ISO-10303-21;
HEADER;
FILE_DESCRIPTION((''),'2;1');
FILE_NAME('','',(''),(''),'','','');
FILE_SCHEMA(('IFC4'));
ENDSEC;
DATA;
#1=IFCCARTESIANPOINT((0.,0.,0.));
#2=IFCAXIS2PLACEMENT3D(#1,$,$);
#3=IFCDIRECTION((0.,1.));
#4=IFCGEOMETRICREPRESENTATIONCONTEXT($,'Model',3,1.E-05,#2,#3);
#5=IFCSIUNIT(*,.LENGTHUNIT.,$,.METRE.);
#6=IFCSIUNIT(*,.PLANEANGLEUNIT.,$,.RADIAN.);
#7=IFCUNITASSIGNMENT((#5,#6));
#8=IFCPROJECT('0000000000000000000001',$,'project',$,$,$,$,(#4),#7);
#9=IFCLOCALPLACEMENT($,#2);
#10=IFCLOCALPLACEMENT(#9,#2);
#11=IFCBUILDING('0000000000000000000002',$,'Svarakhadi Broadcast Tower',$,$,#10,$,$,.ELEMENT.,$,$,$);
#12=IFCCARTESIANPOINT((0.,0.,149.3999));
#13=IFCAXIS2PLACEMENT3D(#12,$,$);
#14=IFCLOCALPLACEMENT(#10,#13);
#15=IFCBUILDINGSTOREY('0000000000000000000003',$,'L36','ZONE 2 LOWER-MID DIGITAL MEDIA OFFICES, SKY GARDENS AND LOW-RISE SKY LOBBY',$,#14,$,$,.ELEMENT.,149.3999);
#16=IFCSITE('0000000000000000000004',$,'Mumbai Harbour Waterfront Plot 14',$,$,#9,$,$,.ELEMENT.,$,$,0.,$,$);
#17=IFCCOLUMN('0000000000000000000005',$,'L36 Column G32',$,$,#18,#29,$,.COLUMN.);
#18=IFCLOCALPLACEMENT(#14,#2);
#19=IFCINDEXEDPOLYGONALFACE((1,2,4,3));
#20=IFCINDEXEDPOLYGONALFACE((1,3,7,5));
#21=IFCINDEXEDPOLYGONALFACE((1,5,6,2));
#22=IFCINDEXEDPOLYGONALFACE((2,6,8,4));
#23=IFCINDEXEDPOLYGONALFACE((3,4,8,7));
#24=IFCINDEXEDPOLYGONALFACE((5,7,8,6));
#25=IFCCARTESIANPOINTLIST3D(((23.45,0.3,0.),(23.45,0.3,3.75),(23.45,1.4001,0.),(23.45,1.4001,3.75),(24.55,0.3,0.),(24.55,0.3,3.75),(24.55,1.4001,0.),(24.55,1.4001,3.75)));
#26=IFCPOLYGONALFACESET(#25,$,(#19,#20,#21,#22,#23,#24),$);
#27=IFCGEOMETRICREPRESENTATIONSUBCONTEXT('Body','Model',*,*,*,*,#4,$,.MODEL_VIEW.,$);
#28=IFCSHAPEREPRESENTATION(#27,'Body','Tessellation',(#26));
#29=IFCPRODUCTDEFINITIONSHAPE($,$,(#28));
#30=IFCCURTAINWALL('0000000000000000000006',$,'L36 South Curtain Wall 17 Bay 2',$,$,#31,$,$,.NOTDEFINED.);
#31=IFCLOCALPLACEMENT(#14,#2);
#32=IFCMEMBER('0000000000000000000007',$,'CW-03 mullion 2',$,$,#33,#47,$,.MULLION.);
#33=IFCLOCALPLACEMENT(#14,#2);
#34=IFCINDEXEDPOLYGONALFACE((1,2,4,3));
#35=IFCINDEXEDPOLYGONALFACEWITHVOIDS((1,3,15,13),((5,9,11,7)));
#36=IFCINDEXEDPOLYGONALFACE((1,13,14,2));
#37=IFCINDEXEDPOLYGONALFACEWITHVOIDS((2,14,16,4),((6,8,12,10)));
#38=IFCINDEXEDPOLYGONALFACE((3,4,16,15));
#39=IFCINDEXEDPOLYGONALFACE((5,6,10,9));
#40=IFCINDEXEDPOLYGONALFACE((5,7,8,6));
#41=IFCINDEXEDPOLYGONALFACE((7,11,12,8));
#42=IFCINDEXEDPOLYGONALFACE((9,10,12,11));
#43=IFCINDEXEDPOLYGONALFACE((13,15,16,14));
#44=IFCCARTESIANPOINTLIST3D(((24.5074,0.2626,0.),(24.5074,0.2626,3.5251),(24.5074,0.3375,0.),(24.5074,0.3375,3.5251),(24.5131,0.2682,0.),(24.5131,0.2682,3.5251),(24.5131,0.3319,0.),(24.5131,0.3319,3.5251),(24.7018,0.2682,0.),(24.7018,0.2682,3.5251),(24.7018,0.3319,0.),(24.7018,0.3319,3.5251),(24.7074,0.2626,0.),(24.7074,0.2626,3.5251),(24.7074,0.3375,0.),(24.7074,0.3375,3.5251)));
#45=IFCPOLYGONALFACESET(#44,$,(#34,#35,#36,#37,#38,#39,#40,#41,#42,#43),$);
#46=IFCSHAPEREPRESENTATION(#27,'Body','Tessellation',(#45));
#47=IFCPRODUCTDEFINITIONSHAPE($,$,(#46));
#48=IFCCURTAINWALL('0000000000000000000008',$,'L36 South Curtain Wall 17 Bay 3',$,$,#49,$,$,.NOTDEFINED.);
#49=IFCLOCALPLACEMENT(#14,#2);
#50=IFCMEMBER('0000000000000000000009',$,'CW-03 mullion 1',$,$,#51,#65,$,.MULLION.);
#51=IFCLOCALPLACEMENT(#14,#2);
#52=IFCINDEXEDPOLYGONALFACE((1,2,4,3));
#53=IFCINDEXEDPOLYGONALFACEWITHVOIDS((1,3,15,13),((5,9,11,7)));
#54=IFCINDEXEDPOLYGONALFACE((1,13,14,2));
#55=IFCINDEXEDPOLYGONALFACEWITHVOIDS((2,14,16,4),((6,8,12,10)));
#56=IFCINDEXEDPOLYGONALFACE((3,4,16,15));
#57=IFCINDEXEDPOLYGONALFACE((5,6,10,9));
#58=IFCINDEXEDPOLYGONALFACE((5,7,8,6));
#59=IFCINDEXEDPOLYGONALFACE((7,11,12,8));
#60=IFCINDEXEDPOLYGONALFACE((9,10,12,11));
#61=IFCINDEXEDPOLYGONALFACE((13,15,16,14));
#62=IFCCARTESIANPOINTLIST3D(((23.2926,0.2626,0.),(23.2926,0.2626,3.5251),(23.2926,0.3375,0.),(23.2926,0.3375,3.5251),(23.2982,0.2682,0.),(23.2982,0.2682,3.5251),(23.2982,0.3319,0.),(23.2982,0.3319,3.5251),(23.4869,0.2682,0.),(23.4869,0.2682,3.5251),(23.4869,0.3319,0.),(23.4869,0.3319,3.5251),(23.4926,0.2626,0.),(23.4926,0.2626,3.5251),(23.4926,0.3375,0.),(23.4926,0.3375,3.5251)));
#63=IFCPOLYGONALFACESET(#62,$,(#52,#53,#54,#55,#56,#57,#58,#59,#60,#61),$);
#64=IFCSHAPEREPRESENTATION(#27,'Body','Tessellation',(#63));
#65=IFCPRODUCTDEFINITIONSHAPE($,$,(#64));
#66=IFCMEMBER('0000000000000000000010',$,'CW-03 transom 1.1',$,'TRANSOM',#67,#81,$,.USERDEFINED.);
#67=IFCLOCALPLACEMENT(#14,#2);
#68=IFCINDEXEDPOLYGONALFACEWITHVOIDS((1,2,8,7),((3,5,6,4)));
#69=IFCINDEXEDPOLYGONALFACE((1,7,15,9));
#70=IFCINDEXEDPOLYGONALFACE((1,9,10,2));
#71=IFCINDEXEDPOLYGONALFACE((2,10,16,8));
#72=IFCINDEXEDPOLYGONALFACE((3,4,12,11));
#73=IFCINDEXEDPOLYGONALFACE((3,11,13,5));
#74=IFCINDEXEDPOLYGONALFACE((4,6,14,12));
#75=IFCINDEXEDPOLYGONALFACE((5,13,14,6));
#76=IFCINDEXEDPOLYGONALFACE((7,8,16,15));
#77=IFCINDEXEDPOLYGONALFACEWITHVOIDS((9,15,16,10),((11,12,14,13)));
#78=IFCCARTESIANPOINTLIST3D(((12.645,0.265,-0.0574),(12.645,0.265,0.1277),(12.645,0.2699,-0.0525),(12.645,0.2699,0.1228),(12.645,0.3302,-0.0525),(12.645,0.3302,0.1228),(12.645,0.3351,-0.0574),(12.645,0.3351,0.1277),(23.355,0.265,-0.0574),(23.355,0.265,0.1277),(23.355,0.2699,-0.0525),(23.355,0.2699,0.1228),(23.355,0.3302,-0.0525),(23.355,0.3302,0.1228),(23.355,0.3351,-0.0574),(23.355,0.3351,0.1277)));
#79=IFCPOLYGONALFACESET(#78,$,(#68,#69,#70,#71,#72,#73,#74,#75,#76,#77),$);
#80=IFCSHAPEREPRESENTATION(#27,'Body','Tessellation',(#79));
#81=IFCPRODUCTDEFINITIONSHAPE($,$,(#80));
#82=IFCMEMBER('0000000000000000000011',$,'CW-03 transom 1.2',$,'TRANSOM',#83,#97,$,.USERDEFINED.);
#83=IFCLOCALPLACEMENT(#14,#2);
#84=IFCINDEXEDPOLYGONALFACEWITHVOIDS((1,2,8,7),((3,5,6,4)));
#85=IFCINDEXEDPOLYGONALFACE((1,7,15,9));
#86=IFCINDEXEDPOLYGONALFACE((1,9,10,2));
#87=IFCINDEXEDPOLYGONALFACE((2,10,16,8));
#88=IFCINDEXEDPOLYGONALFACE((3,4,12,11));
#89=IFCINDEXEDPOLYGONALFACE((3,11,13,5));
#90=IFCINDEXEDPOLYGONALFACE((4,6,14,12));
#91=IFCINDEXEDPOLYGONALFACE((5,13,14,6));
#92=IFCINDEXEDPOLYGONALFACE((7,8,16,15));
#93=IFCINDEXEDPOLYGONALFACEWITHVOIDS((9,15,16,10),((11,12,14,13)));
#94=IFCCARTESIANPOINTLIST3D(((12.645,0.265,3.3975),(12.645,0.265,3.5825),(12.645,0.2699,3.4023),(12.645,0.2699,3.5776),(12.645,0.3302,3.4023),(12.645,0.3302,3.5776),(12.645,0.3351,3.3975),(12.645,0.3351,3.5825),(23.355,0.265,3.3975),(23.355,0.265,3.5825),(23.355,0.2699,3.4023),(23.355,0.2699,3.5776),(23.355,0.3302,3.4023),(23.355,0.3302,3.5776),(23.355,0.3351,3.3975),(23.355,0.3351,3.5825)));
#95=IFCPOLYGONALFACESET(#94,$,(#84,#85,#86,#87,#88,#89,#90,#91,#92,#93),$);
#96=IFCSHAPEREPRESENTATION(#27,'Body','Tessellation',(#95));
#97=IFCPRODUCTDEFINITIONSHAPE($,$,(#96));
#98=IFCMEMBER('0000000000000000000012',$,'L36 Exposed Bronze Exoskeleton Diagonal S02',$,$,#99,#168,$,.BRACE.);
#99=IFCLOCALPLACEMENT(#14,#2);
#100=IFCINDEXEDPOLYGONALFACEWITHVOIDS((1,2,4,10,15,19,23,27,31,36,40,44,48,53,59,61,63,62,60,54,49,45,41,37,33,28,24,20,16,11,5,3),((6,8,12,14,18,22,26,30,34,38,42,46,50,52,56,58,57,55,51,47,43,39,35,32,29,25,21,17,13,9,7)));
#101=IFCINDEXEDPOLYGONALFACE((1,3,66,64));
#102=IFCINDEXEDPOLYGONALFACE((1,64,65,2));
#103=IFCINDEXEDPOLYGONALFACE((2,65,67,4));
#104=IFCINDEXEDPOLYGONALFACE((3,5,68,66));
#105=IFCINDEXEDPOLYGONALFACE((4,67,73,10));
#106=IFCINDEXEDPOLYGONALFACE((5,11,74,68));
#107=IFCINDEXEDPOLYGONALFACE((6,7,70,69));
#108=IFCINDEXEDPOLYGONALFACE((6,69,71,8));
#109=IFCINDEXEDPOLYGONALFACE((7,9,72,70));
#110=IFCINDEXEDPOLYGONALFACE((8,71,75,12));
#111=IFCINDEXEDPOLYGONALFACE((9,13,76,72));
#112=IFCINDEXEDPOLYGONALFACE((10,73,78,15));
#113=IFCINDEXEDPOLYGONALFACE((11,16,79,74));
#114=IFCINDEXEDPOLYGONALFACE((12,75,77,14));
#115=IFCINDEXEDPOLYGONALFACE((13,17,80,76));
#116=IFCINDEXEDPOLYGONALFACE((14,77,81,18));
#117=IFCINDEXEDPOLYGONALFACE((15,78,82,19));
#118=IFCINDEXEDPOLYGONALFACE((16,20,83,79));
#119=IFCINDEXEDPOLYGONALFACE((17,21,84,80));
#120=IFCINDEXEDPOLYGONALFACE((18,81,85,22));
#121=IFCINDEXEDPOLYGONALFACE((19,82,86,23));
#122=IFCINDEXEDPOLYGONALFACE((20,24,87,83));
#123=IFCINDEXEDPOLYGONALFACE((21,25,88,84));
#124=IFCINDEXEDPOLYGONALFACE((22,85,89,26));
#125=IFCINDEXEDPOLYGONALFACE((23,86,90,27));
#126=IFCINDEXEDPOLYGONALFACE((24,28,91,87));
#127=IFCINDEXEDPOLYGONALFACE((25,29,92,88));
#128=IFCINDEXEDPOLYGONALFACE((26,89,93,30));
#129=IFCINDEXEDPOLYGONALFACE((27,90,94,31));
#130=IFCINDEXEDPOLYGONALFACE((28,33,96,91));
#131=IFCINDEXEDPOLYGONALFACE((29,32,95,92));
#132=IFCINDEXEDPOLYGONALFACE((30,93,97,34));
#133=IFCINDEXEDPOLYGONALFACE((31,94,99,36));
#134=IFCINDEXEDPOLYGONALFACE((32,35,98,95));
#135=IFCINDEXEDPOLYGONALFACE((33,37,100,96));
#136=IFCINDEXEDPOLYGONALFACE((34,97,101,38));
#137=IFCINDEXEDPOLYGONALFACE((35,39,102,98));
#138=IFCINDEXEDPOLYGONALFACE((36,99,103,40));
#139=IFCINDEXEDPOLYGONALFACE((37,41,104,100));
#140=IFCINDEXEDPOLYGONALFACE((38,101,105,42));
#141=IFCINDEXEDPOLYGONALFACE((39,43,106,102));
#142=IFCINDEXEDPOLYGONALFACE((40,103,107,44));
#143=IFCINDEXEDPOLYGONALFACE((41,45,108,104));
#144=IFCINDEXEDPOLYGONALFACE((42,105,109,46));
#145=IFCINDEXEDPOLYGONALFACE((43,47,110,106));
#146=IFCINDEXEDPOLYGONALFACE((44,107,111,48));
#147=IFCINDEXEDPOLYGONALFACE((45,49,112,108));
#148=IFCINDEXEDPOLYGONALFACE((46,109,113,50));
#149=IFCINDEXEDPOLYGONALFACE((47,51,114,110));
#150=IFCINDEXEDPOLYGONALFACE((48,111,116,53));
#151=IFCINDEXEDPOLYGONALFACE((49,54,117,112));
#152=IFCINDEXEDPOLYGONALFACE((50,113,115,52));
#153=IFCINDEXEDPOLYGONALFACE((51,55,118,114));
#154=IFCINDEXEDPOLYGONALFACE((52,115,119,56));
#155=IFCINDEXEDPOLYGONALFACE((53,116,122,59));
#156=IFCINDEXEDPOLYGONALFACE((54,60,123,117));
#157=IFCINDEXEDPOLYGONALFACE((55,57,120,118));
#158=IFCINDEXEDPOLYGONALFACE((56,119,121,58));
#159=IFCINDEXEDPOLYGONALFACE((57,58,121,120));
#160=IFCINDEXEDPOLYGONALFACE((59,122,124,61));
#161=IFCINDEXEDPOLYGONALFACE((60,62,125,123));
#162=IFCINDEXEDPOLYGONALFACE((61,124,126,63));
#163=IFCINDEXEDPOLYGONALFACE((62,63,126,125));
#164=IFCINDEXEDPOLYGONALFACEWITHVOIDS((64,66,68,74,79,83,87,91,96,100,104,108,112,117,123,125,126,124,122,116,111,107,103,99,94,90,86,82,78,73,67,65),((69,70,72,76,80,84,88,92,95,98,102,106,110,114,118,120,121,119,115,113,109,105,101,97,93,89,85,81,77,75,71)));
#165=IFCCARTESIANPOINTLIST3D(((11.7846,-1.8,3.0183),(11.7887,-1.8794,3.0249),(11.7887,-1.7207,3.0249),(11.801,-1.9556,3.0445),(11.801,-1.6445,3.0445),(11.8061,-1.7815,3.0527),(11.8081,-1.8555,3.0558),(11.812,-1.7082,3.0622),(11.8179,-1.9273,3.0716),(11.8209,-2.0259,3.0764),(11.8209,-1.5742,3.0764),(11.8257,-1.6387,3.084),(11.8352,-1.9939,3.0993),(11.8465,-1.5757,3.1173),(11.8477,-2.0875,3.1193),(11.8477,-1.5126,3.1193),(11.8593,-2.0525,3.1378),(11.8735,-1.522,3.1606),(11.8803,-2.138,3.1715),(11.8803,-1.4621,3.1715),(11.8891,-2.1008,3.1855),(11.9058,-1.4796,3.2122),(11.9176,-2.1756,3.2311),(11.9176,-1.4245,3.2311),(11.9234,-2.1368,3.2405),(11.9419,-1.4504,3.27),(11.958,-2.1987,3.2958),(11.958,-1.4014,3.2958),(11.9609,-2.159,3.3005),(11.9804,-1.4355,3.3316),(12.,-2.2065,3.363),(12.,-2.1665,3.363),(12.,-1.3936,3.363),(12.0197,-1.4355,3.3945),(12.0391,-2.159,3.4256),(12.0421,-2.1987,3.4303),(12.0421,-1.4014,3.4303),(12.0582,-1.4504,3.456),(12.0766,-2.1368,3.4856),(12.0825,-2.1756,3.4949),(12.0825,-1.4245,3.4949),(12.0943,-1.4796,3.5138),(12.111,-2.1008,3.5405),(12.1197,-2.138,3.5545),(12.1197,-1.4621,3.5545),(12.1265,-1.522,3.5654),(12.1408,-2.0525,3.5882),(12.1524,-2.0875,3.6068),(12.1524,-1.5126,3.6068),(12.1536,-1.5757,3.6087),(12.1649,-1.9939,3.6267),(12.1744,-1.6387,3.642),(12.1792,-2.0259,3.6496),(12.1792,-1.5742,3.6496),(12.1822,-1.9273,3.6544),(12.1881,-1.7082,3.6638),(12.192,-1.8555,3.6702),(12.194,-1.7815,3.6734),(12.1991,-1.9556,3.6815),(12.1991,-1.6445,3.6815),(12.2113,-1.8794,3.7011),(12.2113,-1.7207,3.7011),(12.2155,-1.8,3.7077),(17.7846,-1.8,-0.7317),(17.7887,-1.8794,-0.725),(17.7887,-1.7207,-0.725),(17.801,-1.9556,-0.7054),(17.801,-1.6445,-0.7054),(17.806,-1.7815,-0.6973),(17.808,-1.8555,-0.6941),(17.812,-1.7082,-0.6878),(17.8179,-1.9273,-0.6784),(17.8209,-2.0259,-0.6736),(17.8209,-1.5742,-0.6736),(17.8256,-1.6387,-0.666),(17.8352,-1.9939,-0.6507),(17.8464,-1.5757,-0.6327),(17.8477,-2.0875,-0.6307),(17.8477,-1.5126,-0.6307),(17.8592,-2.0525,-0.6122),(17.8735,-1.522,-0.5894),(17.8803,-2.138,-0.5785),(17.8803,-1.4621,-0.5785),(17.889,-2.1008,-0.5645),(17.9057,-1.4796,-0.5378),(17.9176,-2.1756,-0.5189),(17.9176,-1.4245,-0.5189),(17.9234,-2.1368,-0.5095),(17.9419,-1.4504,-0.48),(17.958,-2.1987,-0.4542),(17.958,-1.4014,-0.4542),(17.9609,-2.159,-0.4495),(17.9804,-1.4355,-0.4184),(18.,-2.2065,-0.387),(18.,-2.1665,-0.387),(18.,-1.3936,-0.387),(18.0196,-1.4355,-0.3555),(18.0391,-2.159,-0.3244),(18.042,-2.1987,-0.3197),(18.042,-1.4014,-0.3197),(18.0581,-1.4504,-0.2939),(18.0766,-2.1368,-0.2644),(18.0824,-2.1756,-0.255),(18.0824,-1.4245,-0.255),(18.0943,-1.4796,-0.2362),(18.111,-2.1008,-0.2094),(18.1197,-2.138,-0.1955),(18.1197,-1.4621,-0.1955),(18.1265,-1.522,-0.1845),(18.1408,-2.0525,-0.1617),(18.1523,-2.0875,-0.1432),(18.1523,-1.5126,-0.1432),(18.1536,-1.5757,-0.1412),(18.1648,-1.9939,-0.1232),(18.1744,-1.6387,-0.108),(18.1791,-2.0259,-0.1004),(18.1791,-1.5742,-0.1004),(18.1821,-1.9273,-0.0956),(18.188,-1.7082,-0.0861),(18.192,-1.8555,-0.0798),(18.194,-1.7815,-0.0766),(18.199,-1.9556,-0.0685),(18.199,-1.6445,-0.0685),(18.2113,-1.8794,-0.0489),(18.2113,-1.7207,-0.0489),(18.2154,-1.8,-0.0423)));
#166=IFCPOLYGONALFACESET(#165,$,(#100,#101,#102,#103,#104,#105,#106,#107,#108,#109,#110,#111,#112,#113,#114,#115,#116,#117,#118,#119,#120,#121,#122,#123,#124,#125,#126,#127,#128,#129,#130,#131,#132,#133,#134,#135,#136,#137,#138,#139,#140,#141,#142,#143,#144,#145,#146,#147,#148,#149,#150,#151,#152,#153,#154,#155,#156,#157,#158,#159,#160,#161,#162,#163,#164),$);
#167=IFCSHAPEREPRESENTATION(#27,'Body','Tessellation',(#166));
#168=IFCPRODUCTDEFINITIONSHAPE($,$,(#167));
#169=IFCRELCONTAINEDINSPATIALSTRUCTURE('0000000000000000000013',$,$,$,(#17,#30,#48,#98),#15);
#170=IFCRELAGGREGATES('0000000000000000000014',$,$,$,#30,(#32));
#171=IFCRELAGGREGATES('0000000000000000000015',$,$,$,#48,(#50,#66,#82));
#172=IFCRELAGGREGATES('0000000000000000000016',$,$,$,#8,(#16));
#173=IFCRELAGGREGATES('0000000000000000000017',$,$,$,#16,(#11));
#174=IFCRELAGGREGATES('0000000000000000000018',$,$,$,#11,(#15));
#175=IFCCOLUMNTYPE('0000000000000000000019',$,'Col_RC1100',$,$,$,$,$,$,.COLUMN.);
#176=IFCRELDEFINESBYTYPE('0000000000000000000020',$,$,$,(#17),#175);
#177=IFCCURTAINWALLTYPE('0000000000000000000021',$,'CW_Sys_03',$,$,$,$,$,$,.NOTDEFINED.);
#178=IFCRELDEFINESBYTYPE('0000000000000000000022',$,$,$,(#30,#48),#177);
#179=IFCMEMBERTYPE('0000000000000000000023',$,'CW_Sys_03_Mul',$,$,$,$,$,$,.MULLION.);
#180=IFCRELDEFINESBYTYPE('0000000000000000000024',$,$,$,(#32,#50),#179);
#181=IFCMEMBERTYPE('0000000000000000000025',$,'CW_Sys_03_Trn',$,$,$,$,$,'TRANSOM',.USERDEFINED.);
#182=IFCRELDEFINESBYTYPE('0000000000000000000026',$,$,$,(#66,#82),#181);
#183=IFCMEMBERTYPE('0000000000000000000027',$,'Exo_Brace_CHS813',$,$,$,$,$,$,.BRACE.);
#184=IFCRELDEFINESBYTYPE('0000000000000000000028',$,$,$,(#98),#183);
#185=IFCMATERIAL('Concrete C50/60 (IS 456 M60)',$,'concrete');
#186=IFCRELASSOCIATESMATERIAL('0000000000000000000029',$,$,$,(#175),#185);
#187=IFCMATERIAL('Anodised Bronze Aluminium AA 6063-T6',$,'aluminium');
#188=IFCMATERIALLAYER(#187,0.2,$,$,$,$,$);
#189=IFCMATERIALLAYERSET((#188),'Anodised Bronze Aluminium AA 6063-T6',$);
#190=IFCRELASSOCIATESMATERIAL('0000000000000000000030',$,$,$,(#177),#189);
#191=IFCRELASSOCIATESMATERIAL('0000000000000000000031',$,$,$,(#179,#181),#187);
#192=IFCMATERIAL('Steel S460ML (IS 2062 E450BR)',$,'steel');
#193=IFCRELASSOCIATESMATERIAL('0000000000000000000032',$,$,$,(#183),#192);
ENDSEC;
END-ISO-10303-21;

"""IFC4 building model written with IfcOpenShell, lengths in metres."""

from ifc_helpers import new_model, si_unit, direction, frame, origin, origin_2d, place, context, subcontext, project, spatial, rectangle, hollow_rectangle, hollow_circle, extrude, material, layer, layer_set, material_profile, profile_set, type_object, element, aggregate, save


model = new_model("IFC4")

# Units and contexts
model_context = context("Model", 3, precision=1e-05, world=origin(), true_north=direction((0.0, 1.0)))
body_context = subcontext(model_context, "Body", "Model", "MODEL_VIEW")
ifc_project = project(units=[si_unit("LENGTHUNIT", "METRE"), si_unit("PLANEANGLEUNIT", "RADIAN")], contexts=[model_context])

# Site, building, storey
site_placement = place(None, origin())
site = spatial("IfcSite", under=ifc_project, at=site_placement, Name="Mumbai Harbour Waterfront Plot 14", CompositionType="ELEMENT", RefElevation=0.0)
building_placement = place(site_placement, origin())
building = spatial("IfcBuilding", under=site, at=building_placement, Name="Svarakhadi Broadcast Tower", CompositionType="ELEMENT")
storey_placement = place(building_placement, frame((0.0, 0.0, 149.3999)))
storey = spatial("IfcBuildingStorey", under=building, at=storey_placement, Name="L36", Description="ZONE 2 LOWER-MID DIGITAL MEDIA OFFICES, SKY GARDENS AND LOW-RISE SKY LOBBY", CompositionType="ELEMENT", Elevation=149.3999)

# Column
ifc_material_1 = material(Name="Concrete C50/60 (IS 456 M60)", Category="concrete")
ifc_material_profile_1 = material_profile(ifc_material_1, rectangle(XDim=1.1001, YDim=1.1001, at=origin_2d()), Name="RC 1100x1100")
ifc_profile_set_1 = profile_set([ifc_material_profile_1], Name="Concrete C50/60 (IS 456 M60)")
column_type = type_object("IfcColumnType", Name="Col_RC1100", PredefinedType="COLUMN", material=ifc_profile_set_1)
column_placement = place(storey_placement, frame((24.0, 0.8501, 0.0), z_axis=(0.0, 0.0, 1.0), x_axis=(1.0, 0.0, 0.0)))
element("IfcColumn", 1, at=column_placement, inside=storey, type_object=column_type, Name="L36 Column G32", PredefinedType="COLUMN", context=body_context, shape_type="SweptSolid", body=[
    extrude(rectangle(XDim=1.1001, YDim=1.1001, at=origin_2d()), origin(), (0.0, 0.0, 1.0), 3.75),
])

# Curtain wall, member
ifc_material_2 = material(Name="Anodised Bronze Aluminium AA 6063-T6", Category="aluminium")
ifc_layer_1 = layer(ifc_material_2, 0.2)
ifc_layer_set_1 = layer_set([ifc_layer_1], Name="Anodised Bronze Aluminium AA 6063-T6")
curtain_wall_type = type_object("IfcCurtainWallType", Name="CW_Sys_03", PredefinedType="NOTDEFINED", material=ifc_layer_set_1)
curtain_wall_1_placement = place(storey_placement, origin())
curtain_wall_1 = element("IfcCurtainWall", 2, at=curtain_wall_1_placement, inside=storey, type_object=curtain_wall_type, Name="L36 South Curtain Wall 17 Bay 2", PredefinedType="NOTDEFINED")
ifc_material_profile_2 = material_profile(ifc_material_2, hollow_rectangle(XDim=0.075, YDim=0.2, WallThickness=0.0056, at=origin_2d()), Name="ALU MULLION 200x75x6")
ifc_profile_set_2 = profile_set([ifc_material_profile_2], Name="Anodised Bronze Aluminium AA 6063-T6")
member_type_1 = type_object("IfcMemberType", Name="CW_Sys_03_Mul", PredefinedType="MULLION", material=ifc_profile_set_2)
member_1_placement = place(storey_placement, frame((24.6074, 0.3, 0.0), z_axis=(0.0, 0.0, 1.0), x_axis=(0.0, -1.0, 0.0)))
member_1 = element("IfcMember", 3, at=member_1_placement, type_object=member_type_1, Name="CW-03 mullion 2", PredefinedType="MULLION", context=body_context, shape_type="SweptSolid", body=[
    extrude(hollow_rectangle(XDim=0.075, YDim=0.2, WallThickness=0.0056, at=origin_2d()), origin(), (0.0, 0.0, 1.0), 3.5251),
])
aggregate(curtain_wall_1, [member_1])

# Curtain wall, members
curtain_wall_2_placement = place(storey_placement, origin())
curtain_wall_2 = element("IfcCurtainWall", 4, at=curtain_wall_2_placement, inside=storey, type_object=curtain_wall_type, Name="L36 South Curtain Wall 17 Bay 3", PredefinedType="NOTDEFINED")
member_2_placement = place(storey_placement, frame((23.3926, 0.3, 0.0), z_axis=(0.0, 0.0, 1.0), x_axis=(0.0, -1.0, 0.0)))
member_2 = element("IfcMember", 5, at=member_2_placement, type_object=member_type_1, Name="CW-03 mullion 1", PredefinedType="MULLION", context=body_context, shape_type="SweptSolid", body=[
    extrude(hollow_rectangle(XDim=0.075, YDim=0.2, WallThickness=0.0056, at=origin_2d()), origin(), (0.0, 0.0, 1.0), 3.5251),
])
ifc_material_profile_3 = material_profile(ifc_material_2, hollow_rectangle(XDim=0.0701, YDim=0.1851, WallThickness=0.0049, at=origin_2d()), Name="ALU TRANSOM 185x70x5")
ifc_profile_set_3 = profile_set([ifc_material_profile_3], Name="Anodised Bronze Aluminium AA 6063-T6")
member_type_2 = type_object("IfcMemberType", Name="CW_Sys_03_Trn", ElementType="TRANSOM", PredefinedType="USERDEFINED", material=ifc_profile_set_3)
member_3_placement = place(storey_placement, frame((23.355, 0.3, 0.0352), z_axis=(-1.0, 0.0, 0.0), x_axis=(0.0, -1.0, 0.0)))
member_3 = element("IfcMember", 6, at=member_3_placement, type_object=member_type_2, Name="CW-03 transom 1.1", ObjectType="TRANSOM", PredefinedType="USERDEFINED", context=body_context, shape_type="SweptSolid", body=[
    extrude(hollow_rectangle(XDim=0.0701, YDim=0.1851, WallThickness=0.0049, at=origin_2d()), origin(), (0.0, 0.0, 1.0), 10.71),
])
member_4_placement = place(storey_placement, frame((23.355, 0.3, 3.49), z_axis=(-1.0, 0.0, 0.0), x_axis=(0.0, -1.0, 0.0)))
member_4 = element("IfcMember", 7, at=member_4_placement, type_object=member_type_2, Name="CW-03 transom 1.2", ObjectType="TRANSOM", PredefinedType="USERDEFINED", context=body_context, shape_type="SweptSolid", body=[
    extrude(hollow_rectangle(XDim=0.0701, YDim=0.1851, WallThickness=0.0049, at=origin_2d()), origin(), (0.0, 0.0, 1.0), 10.71),
])

# Member
ifc_material_3 = material(Name="Steel S460ML (IS 2062 E450BR)", Category="steel")
ifc_material_profile_4 = material_profile(ifc_material_3, hollow_circle(Radius=0.4065, WallThickness=0.04, at=origin_2d()), Name="CHS 813x40")
ifc_profile_set_4 = profile_set([ifc_material_profile_4], Name="Steel S460ML (IS 2062 E450BR)")
member_type_3 = type_object("IfcMemberType", Name="Exo_Brace_CHS813", PredefinedType="BRACE", material=ifc_profile_set_4)
for number, where, z_axis, x_axis, name in (
    (8, (18.0, -1.8, -0.387), (-0.847998, 0.0, 0.529999), (0.0, -1.0, 0.0), "L36 Exposed Bronze Exoskeleton Diagonal S02"),
):
    element("IfcMember", number, at=place(storey_placement, frame(where, z_axis=z_axis, x_axis=x_axis)), inside=storey, type_object=member_type_3, Name=name, PredefinedType="BRACE", context=body_context, shape_type="SweptSolid", body=[
        extrude(hollow_circle(Radius=0.4065, WallThickness=0.04, at=origin_2d()), origin(), (0.0, 0.0, 1.0), 7.0754),
    ])

aggregate(curtain_wall_2, [member_2, member_3, member_4])

save(model, "model.ifc")
